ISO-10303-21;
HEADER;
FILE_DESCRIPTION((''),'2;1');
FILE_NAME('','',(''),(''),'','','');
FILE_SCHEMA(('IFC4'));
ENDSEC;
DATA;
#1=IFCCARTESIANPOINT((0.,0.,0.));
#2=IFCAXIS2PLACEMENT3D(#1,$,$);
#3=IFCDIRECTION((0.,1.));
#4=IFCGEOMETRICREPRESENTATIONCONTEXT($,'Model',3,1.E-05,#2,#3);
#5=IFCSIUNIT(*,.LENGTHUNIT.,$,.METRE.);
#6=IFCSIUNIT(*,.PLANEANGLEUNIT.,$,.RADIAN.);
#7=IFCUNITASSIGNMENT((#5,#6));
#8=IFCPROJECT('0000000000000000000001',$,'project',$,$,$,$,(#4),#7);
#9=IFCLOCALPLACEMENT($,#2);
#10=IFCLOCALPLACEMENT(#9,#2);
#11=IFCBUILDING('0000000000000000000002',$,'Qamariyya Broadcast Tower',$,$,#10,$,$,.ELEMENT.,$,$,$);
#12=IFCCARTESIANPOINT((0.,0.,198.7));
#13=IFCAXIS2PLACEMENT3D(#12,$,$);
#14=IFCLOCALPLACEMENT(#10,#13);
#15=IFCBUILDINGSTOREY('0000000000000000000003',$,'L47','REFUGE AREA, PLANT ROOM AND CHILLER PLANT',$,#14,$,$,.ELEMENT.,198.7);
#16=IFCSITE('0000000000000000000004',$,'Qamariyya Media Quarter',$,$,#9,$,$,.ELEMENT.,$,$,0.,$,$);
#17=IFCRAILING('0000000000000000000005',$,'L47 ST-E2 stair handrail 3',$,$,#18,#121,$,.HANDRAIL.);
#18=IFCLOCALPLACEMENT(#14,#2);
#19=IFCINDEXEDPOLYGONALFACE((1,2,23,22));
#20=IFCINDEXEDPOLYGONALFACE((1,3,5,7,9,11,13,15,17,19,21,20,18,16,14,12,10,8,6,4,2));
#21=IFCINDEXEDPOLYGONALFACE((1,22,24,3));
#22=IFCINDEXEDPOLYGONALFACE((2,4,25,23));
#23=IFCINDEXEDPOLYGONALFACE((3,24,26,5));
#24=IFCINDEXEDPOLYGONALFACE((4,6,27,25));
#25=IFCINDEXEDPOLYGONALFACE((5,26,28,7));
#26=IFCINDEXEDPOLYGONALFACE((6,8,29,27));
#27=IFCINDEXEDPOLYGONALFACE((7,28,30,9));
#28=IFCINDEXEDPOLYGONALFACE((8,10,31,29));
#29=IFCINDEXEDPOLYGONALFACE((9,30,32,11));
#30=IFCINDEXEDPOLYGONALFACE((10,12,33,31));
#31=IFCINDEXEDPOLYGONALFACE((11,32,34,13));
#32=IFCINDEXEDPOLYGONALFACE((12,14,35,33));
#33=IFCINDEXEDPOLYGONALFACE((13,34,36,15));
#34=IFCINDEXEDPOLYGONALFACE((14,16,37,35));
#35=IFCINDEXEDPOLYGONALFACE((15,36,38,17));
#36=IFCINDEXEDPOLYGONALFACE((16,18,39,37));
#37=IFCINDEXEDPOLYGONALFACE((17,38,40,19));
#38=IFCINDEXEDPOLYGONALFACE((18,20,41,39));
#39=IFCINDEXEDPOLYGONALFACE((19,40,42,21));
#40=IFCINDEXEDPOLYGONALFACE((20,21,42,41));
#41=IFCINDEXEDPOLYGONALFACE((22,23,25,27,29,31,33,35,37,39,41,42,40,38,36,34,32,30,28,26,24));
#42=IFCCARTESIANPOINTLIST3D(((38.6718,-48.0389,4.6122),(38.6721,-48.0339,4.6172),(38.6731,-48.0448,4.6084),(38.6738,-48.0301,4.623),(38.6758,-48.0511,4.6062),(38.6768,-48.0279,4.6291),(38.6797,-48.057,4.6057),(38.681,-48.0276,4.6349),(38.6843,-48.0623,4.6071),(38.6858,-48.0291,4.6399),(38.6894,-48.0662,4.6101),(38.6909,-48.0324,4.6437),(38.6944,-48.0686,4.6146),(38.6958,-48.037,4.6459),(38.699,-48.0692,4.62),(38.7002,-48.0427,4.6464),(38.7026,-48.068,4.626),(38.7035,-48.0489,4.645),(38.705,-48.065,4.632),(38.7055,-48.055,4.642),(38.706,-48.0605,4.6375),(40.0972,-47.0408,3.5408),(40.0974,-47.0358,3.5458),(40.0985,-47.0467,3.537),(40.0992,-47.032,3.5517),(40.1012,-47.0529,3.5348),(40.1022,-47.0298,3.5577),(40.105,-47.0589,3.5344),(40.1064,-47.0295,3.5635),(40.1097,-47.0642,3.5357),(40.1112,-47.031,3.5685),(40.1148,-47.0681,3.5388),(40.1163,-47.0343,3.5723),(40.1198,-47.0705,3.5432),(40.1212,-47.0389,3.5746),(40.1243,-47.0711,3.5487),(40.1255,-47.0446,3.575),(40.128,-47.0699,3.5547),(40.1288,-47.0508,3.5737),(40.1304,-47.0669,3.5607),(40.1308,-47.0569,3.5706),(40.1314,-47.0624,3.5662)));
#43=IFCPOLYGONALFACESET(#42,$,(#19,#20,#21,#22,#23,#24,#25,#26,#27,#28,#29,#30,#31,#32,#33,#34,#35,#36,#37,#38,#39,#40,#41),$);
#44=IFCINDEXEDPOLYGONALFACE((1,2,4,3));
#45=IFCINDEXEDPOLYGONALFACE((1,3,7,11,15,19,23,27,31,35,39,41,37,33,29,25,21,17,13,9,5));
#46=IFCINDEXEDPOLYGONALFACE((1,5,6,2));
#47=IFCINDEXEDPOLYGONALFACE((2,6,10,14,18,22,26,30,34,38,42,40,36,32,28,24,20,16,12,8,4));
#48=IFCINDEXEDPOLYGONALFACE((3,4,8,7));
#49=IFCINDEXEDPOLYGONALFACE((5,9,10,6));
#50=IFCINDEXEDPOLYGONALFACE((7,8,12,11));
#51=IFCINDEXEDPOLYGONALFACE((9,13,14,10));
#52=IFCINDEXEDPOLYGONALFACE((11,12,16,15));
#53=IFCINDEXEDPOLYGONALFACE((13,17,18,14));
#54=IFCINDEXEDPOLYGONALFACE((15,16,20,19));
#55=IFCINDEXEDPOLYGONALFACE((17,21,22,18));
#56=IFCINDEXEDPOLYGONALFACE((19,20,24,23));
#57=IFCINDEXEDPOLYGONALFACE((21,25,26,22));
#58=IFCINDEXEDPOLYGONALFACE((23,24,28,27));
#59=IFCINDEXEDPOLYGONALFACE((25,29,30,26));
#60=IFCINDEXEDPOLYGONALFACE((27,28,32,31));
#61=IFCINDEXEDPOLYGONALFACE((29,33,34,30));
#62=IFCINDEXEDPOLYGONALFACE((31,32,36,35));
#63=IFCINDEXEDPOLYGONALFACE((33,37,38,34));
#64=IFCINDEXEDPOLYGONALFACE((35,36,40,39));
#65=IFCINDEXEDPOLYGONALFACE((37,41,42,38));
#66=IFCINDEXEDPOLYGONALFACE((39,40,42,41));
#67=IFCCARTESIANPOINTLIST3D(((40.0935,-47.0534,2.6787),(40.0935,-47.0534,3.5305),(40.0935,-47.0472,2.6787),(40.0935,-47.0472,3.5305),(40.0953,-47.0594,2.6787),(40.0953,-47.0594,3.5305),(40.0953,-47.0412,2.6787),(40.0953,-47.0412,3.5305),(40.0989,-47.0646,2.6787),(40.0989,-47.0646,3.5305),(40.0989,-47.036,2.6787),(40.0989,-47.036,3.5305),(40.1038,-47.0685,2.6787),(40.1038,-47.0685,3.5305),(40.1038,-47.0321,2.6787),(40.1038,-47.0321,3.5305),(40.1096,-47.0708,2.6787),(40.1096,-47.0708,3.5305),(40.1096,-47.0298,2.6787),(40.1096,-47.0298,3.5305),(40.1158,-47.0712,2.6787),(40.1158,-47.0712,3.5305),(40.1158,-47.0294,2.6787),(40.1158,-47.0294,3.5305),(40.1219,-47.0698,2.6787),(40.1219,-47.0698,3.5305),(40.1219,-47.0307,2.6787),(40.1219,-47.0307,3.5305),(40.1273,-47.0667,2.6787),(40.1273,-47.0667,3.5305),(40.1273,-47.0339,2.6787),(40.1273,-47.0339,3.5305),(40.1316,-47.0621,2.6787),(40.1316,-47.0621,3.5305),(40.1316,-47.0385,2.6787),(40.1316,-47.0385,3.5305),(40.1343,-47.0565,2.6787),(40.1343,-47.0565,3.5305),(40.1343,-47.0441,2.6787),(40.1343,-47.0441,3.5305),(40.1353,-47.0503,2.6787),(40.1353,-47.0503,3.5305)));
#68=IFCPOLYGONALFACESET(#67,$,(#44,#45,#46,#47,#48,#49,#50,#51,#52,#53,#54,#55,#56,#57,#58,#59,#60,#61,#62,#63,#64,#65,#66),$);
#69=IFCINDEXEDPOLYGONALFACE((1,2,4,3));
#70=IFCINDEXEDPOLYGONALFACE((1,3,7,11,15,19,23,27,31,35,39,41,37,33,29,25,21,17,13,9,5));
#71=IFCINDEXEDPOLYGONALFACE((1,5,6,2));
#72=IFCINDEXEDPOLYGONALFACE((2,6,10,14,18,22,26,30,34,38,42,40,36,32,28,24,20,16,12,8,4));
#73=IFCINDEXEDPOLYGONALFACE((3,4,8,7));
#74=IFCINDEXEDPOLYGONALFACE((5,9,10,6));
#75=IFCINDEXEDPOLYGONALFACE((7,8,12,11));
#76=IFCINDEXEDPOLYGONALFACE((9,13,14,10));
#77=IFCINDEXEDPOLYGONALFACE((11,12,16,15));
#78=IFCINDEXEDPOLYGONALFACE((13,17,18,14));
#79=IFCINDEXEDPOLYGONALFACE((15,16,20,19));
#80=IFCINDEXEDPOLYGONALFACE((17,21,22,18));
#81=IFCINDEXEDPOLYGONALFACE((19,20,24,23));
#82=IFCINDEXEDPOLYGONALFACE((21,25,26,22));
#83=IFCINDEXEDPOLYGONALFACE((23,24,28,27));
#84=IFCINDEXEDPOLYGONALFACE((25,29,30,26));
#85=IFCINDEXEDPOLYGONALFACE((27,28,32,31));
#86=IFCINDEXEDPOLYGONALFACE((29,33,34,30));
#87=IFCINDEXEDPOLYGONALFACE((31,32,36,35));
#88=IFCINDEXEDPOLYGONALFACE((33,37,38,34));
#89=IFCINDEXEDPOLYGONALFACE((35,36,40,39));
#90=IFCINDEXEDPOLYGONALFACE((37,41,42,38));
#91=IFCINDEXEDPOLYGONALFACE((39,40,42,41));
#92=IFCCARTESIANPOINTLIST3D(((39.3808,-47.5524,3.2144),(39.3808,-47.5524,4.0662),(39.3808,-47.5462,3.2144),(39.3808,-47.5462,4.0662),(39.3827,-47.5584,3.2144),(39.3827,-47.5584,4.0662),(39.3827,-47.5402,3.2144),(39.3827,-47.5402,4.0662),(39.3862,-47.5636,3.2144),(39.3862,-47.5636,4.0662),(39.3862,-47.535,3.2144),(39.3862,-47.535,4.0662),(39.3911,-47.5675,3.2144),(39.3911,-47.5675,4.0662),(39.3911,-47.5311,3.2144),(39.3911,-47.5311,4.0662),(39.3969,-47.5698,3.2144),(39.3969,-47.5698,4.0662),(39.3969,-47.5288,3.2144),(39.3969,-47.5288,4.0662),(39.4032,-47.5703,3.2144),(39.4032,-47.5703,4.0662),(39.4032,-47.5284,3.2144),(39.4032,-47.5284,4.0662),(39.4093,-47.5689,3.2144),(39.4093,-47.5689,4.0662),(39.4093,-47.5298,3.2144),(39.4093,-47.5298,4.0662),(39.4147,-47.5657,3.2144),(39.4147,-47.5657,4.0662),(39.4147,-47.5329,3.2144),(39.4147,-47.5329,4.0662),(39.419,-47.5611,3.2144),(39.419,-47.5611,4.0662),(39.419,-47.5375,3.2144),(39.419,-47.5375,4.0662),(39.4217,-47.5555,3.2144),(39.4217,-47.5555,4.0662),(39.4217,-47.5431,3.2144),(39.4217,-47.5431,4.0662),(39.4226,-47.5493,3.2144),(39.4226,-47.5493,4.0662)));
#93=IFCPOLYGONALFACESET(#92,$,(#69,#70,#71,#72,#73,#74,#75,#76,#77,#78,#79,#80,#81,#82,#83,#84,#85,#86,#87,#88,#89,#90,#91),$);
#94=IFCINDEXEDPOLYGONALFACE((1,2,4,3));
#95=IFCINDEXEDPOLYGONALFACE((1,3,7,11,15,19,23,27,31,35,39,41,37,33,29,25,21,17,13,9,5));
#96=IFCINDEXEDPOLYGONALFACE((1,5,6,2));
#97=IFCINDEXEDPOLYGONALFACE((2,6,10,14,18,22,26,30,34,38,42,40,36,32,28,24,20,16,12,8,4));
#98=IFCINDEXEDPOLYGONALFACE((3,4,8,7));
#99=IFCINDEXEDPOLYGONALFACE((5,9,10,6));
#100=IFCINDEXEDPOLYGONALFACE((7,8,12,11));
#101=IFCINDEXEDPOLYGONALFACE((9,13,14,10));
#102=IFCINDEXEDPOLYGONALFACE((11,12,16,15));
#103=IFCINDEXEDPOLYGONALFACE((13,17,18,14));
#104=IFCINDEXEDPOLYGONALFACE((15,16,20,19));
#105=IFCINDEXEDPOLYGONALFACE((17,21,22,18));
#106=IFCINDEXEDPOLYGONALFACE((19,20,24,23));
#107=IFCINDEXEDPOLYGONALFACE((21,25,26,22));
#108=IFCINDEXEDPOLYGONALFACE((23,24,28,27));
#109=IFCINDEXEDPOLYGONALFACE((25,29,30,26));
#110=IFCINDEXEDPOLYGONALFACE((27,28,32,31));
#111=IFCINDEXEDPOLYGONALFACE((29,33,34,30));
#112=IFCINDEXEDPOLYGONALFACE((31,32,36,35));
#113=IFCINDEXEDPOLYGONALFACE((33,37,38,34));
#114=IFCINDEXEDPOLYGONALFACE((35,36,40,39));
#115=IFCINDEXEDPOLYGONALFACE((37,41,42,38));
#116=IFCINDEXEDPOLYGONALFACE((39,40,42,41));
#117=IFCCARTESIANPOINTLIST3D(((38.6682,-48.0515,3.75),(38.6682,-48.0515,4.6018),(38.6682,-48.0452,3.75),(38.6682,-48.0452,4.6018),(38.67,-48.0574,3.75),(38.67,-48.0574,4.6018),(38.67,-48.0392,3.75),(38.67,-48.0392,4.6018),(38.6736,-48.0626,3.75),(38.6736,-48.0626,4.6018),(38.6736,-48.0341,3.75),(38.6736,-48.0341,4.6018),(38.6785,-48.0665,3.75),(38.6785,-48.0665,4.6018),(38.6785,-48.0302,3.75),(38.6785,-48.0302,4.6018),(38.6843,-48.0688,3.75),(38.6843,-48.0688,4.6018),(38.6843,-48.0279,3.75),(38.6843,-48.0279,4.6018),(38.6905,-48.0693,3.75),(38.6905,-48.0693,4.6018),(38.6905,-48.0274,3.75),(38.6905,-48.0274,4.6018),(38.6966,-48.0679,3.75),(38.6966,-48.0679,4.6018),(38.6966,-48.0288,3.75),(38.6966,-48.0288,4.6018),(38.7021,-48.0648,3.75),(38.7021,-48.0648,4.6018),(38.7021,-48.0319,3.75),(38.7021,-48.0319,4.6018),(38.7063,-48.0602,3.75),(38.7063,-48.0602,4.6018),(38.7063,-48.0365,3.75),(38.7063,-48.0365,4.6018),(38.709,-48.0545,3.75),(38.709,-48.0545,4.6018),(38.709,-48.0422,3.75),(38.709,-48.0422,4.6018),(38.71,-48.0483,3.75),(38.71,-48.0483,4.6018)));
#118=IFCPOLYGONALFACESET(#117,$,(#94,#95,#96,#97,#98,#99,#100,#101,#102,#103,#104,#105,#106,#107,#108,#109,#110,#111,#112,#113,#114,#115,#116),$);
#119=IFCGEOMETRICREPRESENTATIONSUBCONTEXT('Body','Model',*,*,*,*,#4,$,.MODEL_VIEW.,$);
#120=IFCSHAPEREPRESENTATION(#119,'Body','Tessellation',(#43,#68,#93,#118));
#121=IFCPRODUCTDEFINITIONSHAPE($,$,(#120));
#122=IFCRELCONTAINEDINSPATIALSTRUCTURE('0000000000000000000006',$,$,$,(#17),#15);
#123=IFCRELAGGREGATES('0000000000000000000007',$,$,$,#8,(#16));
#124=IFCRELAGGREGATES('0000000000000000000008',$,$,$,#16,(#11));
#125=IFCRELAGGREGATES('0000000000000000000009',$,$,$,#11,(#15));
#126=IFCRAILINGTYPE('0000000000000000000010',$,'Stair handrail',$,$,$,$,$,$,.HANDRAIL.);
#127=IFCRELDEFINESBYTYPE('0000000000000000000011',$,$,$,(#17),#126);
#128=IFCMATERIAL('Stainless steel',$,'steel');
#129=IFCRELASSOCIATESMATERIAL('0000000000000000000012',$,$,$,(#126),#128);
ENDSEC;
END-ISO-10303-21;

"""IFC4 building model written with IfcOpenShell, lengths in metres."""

from ifc_helpers import new_model, si_unit, direction, frame, origin, origin_2d, place, context, subcontext, project, spatial, circle, extrude, material, type_object, element, save


model = new_model("IFC4")

# Units and contexts
model_context = context("Model", 3, precision=1e-05, world=origin(), true_north=direction((0.0, 1.0)))
body_context = subcontext(model_context, "Body", "Model", "MODEL_VIEW")
ifc_project = project(units=[si_unit("LENGTHUNIT", "METRE"), si_unit("PLANEANGLEUNIT", "RADIAN")], contexts=[model_context])

# Site, building, storey
site_placement = place(None, origin())
site = spatial("IfcSite", under=ifc_project, at=site_placement, Name="Qamariyya Media Quarter", CompositionType="ELEMENT", RefElevation=0.0)
building_placement = place(site_placement, origin())
building = spatial("IfcBuilding", under=site, at=building_placement, Name="Qamariyya Broadcast Tower", CompositionType="ELEMENT")
storey_placement = place(building_placement, frame((0.0, 0.0, 198.7)))
storey = spatial("IfcBuildingStorey", under=building, at=storey_placement, Name="L47", Description="REFUGE AREA, PLANT ROOM AND CHILLER PLANT", CompositionType="ELEMENT", Elevation=198.7)

# Railing
ifc_material_1 = material(Name="Stainless steel", Category="steel")
railing_type_1 = type_object("IfcRailingType", Name="Stair handrail", PredefinedType="HANDRAIL", material=ifc_material_1)
railing_1_placement = place(storey_placement, frame((40.1143, -47.0503, 2.6787)))
element("IfcRailing", 1, at=railing_1_placement, inside=storey, type_object=railing_type_1, Name="L47 ST-E2 stair handrail 3", PredefinedType="HANDRAIL", context=body_context, shape_type="SweptSolid", body=[
    extrude(circle(Radius=0.0239, at=origin_2d()), frame((0.0, 0.0, 0.876), z_axis=(-0.697533, -0.48844, 0.524285), x_axis=(0.573594, -0.81914, 0.0)), (0.0, 0.0, 1.0), 2.0435),
    extrude(circle(Radius=0.021, at=origin_2d()), origin(), (0.0, 0.0, 1.0), 0.8518),
    extrude(circle(Radius=0.021, at=origin_2d()), frame((-0.7126, -0.499, 0.5356)), (0.0, 0.0, 1.0), 0.8518),
    extrude(circle(Radius=0.021, at=origin_2d()), frame((-1.4253, -0.998, 1.0713)), (0.0, 0.0, 1.0), 0.8518),
])

save(model, "model.ifc")
